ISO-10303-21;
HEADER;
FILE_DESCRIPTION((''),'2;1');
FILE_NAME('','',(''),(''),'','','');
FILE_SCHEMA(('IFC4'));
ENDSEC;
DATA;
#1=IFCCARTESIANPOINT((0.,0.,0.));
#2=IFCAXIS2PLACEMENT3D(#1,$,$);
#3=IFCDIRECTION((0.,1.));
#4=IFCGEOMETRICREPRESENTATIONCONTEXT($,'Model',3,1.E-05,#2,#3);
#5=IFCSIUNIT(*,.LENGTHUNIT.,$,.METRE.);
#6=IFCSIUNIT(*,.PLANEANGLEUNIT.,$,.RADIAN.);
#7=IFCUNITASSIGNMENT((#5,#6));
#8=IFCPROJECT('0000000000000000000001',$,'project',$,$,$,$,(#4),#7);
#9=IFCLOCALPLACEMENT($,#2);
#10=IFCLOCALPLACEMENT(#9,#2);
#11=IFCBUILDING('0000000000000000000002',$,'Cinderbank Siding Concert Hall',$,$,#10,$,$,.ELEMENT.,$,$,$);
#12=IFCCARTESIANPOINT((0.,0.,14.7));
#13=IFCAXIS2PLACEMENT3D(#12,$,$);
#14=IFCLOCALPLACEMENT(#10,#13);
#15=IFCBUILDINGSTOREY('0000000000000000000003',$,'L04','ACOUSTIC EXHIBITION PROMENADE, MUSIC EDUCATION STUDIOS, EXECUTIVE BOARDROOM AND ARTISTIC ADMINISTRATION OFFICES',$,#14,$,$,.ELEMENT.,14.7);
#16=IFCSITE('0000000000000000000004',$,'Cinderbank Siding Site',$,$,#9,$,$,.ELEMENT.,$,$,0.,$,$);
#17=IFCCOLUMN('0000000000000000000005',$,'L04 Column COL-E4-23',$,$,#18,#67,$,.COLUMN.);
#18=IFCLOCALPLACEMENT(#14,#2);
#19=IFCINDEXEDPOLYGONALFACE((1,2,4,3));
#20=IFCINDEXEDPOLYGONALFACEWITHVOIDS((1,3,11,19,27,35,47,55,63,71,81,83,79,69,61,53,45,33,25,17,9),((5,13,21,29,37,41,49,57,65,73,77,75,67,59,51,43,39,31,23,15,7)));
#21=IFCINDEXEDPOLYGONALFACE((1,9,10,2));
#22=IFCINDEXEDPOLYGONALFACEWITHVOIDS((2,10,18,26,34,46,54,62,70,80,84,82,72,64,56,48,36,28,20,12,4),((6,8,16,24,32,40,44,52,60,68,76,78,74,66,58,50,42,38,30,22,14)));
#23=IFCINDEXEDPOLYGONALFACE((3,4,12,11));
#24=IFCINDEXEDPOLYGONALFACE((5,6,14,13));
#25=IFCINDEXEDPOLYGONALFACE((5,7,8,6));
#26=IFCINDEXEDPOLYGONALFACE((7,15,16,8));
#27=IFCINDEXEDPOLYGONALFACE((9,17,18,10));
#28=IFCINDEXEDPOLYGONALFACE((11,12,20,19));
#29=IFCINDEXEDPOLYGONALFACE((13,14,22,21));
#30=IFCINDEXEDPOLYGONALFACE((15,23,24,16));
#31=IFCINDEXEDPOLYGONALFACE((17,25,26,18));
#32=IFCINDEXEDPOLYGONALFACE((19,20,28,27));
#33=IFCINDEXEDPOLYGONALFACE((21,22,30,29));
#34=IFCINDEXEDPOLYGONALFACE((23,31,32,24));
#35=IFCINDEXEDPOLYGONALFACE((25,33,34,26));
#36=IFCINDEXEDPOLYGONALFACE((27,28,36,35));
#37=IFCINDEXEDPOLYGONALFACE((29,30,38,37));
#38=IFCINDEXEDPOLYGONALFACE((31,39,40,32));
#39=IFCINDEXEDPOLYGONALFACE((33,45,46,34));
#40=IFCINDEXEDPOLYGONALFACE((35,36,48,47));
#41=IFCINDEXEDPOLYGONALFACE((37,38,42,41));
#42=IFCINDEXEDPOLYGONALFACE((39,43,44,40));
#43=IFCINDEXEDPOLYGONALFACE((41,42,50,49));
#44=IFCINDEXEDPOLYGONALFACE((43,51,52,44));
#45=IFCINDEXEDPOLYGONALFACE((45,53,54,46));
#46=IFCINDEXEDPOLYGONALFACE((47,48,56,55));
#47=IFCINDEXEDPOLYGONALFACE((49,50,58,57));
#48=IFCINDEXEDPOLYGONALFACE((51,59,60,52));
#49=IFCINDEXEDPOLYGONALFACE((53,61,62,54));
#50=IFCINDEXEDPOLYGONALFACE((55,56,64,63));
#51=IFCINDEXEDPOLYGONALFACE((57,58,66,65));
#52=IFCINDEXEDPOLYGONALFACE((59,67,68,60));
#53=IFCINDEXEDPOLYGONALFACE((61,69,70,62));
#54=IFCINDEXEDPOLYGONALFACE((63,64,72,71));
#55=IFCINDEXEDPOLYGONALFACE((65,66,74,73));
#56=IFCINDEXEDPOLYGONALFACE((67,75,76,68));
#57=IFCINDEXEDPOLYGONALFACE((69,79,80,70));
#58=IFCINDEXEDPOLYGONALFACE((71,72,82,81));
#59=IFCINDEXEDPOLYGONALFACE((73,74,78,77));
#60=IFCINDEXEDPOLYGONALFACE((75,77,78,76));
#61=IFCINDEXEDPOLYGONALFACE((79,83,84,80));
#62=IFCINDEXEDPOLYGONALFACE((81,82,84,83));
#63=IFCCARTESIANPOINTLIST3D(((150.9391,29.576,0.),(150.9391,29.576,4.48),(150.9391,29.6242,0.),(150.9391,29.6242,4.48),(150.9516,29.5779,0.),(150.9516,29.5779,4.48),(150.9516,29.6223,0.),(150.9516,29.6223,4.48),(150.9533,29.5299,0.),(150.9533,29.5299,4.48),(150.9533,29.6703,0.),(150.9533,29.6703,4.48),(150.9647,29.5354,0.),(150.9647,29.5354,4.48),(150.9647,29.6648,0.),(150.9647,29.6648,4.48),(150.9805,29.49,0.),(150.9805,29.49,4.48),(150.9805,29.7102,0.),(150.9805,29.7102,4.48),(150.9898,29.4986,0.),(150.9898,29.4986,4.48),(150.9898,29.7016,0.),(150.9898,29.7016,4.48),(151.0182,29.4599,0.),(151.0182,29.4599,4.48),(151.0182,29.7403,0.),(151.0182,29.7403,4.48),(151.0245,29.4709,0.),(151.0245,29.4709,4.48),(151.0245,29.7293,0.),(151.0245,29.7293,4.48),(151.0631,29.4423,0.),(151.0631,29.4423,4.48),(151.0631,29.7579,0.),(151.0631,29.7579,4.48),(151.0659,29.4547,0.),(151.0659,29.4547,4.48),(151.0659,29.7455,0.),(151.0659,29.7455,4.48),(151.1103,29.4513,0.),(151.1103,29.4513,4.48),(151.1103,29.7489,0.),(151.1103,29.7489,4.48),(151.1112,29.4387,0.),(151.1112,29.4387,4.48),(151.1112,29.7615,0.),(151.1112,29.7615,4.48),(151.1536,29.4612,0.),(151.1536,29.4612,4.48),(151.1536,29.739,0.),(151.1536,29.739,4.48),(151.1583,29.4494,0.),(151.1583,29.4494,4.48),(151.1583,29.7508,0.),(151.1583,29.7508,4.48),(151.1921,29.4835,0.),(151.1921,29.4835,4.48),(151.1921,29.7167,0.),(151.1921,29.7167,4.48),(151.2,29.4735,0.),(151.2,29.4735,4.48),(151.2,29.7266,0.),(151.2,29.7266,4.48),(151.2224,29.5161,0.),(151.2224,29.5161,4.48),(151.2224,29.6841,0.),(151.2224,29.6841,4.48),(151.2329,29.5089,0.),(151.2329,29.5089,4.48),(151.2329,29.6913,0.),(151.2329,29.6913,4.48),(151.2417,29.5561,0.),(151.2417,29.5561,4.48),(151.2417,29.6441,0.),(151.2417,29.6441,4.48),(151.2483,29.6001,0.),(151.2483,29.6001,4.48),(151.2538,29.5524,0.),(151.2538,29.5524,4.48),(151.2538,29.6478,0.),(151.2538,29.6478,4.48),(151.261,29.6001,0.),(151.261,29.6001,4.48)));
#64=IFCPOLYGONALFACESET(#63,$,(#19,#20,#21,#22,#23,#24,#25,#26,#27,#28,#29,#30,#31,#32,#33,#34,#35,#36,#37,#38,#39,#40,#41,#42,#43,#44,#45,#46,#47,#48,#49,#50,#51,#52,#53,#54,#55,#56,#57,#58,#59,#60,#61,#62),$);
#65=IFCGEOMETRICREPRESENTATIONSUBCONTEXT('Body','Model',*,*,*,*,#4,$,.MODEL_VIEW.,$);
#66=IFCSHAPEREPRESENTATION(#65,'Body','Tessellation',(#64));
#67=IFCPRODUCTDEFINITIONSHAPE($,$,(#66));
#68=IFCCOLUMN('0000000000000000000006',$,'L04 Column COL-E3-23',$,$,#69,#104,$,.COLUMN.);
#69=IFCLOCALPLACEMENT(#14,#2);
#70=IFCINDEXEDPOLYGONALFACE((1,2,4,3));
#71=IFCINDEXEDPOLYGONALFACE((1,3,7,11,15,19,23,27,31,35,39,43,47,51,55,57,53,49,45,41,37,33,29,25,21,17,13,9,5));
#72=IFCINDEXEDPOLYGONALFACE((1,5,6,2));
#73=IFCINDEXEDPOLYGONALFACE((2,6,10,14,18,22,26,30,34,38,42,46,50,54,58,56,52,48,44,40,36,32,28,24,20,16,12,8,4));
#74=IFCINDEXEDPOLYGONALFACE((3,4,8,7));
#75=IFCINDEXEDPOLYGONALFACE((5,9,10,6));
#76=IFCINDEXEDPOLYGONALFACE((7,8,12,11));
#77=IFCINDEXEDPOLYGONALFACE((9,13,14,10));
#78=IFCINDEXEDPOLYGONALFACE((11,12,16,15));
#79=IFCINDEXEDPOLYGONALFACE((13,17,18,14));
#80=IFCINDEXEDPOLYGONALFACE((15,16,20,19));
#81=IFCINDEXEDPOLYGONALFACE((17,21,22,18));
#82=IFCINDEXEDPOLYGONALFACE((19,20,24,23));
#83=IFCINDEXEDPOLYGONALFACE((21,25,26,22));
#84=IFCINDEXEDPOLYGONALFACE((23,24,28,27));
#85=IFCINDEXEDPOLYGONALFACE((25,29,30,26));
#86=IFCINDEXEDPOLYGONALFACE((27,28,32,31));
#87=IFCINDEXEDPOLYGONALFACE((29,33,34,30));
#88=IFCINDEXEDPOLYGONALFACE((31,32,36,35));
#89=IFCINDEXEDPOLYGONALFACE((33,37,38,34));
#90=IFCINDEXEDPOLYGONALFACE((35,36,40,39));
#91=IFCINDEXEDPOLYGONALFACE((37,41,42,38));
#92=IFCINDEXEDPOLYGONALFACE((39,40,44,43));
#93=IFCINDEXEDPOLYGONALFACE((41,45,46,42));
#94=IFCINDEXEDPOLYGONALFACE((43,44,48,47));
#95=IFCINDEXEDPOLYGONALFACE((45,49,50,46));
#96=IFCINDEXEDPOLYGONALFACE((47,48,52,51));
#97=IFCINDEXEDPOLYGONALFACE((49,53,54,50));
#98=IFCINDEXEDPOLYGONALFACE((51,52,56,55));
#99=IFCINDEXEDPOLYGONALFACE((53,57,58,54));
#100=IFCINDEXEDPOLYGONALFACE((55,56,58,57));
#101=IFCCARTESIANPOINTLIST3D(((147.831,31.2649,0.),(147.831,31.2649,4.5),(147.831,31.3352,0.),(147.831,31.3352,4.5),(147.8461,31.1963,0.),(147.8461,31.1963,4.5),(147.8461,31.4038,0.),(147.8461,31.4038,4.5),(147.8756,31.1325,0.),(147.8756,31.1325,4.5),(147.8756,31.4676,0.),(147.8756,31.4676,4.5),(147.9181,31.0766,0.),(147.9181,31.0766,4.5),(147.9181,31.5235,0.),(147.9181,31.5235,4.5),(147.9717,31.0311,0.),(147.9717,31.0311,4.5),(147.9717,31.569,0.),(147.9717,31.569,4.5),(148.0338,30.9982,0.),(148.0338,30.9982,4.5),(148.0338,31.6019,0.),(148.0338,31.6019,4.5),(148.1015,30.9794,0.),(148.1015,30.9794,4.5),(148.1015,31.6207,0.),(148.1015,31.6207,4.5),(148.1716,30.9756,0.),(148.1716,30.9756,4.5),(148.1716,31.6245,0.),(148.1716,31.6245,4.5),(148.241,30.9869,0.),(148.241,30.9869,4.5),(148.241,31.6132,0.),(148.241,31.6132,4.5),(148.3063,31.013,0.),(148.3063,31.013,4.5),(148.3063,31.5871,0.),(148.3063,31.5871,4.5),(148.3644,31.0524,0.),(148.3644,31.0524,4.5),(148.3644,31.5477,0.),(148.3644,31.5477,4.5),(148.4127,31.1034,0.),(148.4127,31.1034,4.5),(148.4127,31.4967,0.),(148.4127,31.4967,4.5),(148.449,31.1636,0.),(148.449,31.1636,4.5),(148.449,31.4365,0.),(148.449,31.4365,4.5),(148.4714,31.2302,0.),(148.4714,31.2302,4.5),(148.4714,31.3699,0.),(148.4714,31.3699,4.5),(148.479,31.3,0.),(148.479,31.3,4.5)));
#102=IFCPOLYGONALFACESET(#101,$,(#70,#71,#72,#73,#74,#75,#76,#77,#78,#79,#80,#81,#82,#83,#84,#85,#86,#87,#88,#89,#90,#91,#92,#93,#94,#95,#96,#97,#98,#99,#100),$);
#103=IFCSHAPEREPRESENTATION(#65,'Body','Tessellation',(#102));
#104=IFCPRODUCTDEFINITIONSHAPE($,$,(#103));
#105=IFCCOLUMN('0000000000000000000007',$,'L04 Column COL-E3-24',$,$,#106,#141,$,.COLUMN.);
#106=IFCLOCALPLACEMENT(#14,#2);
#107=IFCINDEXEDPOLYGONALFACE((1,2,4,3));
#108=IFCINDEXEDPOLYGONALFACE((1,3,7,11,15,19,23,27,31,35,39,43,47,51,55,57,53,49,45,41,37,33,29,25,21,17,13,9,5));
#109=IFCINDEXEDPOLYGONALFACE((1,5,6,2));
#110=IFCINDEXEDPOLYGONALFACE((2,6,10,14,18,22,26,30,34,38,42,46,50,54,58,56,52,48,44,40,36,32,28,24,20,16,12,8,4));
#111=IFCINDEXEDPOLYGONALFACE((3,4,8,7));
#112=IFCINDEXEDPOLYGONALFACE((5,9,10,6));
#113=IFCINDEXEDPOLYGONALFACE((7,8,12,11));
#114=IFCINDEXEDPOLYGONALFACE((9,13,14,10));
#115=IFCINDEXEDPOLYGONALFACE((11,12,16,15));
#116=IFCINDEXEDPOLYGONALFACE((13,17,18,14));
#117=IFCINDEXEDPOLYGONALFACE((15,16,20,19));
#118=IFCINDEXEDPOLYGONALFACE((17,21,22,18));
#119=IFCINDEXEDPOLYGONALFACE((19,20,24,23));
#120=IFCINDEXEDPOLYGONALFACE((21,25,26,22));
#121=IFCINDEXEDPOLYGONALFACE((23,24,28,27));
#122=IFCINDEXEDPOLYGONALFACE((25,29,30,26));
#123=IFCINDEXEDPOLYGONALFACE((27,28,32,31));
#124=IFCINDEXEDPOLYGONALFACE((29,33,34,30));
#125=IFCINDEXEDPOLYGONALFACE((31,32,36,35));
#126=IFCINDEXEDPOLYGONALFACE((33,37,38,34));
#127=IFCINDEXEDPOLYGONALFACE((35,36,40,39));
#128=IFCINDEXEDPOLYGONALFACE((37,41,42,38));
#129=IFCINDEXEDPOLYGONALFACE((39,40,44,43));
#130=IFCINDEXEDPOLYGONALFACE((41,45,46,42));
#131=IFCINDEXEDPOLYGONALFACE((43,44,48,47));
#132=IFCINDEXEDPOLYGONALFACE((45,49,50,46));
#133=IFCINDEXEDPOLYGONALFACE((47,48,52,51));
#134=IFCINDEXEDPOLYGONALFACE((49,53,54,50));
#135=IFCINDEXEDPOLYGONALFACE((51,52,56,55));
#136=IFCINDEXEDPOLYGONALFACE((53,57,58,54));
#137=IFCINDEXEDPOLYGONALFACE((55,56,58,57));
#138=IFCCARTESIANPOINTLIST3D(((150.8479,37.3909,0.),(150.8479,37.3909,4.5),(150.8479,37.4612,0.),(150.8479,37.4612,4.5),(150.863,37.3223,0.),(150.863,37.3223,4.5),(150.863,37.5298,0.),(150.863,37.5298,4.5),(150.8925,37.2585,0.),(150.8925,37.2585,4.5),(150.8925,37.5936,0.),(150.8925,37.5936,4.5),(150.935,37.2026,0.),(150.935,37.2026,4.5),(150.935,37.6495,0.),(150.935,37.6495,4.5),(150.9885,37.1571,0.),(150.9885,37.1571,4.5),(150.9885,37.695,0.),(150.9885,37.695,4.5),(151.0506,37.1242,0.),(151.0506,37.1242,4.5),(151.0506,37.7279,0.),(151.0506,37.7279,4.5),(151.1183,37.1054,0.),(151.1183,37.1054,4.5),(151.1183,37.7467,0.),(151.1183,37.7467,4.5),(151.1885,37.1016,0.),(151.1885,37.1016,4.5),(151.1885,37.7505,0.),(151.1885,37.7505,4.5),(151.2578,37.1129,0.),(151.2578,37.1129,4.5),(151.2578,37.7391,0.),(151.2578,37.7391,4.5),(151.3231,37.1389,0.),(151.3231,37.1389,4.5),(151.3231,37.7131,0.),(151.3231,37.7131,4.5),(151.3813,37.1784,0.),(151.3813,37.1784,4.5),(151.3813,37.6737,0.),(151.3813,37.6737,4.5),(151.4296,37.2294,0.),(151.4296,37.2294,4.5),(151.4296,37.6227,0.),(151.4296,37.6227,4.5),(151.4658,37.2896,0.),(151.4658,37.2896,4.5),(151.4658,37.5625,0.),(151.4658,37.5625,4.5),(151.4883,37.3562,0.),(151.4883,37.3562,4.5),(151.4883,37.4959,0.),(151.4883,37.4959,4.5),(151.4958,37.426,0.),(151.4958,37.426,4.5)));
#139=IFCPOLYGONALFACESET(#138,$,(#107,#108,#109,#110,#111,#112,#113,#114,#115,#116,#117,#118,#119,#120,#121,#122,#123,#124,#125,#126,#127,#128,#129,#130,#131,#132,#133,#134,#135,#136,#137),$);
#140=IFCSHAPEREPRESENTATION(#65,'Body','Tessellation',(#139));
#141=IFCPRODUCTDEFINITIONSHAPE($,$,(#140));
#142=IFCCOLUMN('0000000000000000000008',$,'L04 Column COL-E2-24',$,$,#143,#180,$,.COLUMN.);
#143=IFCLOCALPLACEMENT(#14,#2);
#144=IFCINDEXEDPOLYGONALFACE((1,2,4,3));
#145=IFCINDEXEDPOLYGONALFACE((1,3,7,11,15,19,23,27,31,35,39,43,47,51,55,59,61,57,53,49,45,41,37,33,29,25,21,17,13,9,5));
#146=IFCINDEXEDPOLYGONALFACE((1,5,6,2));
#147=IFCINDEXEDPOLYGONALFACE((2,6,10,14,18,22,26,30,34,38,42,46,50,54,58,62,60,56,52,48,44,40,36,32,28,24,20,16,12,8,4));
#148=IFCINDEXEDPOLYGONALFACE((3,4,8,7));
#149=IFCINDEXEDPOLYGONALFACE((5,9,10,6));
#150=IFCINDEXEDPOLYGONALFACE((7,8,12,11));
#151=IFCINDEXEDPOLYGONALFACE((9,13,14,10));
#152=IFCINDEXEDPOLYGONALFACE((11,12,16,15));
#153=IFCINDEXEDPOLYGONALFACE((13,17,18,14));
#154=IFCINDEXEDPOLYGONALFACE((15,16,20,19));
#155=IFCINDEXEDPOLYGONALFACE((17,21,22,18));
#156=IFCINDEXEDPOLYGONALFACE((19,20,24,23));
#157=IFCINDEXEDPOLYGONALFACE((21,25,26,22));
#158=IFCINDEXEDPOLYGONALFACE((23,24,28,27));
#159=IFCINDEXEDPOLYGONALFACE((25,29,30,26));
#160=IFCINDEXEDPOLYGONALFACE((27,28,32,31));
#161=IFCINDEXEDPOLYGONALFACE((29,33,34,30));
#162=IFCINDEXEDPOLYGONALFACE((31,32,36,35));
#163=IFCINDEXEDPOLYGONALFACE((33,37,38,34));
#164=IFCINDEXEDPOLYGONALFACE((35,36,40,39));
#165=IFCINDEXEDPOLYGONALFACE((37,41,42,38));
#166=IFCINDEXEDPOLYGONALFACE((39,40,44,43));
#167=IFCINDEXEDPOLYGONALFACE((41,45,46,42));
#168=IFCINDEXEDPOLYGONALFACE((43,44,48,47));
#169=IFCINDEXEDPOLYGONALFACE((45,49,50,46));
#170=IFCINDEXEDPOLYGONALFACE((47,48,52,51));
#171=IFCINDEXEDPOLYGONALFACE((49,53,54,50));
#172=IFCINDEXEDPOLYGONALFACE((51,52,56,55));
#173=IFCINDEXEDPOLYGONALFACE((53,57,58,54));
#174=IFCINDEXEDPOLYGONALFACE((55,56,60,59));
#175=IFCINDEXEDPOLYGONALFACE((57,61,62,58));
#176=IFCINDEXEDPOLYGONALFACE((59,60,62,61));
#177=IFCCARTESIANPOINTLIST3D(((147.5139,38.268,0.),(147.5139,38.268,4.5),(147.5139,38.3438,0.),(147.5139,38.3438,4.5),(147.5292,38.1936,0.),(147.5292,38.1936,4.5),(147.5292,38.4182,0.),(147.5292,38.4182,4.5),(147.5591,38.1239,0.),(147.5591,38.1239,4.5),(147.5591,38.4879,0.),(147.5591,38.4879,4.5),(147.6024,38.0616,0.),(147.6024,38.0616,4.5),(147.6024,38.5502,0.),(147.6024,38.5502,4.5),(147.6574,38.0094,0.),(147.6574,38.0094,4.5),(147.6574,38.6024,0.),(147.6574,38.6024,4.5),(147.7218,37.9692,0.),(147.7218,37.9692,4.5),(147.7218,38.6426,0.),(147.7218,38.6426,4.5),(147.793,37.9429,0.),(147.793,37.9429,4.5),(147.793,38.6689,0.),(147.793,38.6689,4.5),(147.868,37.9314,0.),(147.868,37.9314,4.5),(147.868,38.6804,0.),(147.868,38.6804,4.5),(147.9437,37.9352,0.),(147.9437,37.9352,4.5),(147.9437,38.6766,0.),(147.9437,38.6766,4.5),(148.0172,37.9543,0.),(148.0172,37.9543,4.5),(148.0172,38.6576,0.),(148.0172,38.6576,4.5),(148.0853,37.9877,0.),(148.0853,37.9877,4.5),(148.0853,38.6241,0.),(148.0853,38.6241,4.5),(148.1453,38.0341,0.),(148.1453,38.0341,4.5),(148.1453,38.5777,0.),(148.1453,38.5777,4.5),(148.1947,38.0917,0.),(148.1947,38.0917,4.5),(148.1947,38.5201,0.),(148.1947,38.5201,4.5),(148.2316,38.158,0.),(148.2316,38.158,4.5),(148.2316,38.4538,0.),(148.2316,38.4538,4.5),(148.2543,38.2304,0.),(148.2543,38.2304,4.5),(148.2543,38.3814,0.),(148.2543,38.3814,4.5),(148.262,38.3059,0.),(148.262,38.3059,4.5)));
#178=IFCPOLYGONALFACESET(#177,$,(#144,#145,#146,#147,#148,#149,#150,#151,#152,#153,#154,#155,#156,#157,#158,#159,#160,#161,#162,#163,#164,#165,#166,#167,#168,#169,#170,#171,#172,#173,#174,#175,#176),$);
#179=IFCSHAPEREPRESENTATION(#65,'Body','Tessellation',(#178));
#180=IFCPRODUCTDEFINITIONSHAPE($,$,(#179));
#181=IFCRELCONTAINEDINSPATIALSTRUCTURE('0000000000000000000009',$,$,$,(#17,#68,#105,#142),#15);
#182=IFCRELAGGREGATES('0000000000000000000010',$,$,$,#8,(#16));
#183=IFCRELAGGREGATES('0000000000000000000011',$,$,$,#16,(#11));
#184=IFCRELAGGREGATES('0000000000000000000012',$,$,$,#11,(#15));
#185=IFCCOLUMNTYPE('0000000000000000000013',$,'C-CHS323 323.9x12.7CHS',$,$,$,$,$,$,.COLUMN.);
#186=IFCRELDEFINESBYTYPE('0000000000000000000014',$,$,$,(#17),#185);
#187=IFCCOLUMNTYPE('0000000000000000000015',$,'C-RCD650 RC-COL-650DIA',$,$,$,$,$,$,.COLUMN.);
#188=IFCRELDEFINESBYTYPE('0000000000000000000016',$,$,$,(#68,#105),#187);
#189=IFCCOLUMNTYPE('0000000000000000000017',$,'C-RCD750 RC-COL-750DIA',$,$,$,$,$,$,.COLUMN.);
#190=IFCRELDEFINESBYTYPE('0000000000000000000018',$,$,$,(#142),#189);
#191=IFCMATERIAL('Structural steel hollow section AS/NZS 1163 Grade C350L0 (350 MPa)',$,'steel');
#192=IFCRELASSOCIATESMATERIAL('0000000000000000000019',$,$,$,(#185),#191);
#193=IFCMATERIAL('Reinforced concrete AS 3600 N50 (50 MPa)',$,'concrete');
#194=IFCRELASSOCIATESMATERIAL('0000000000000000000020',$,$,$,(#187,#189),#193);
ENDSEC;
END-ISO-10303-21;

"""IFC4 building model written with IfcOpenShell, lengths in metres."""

from ifc_helpers import new_model, si_unit, direction, frame, origin, origin_2d, place, context, subcontext, project, spatial, circle, hollow_circle, extrude, material, material_profile, profile_set, type_object, element, save


model = new_model("IFC4")

# Units and contexts
model_context = context("Model", 3, precision=1e-05, world=origin(), true_north=direction((0.0, 1.0)))
body_context = subcontext(model_context, "Body", "Model", "MODEL_VIEW")
ifc_project = project(units=[si_unit("LENGTHUNIT", "METRE"), si_unit("PLANEANGLEUNIT", "RADIAN")], contexts=[model_context])

# Site, building, storey
site_placement = place(None, origin())
site = spatial("IfcSite", under=ifc_project, at=site_placement, Name="Cinderbank Siding Site", CompositionType="ELEMENT", RefElevation=0.0)
building_placement = place(site_placement, origin())
building = spatial("IfcBuilding", under=site, at=building_placement, Name="Cinderbank Siding Concert Hall", CompositionType="ELEMENT")
storey_placement = place(building_placement, frame((0.0, 0.0, 14.7)))
storey = spatial("IfcBuildingStorey", under=building, at=storey_placement, Name="L04", Description="ACOUSTIC EXHIBITION PROMENADE, MUSIC EDUCATION STUDIOS, EXECUTIVE BOARDROOM AND ARTISTIC ADMINISTRATION OFFICES", CompositionType="ELEMENT", Elevation=14.7)

# Columns
ifc_material_1 = material(Name="Structural steel hollow section AS/NZS 1163 Grade C350L0 (350 MPa)", Category="steel")
ifc_material_profile_1 = material_profile(ifc_material_1, hollow_circle(Radius=0.1619, WallThickness=0.0127, at=origin_2d()), Name="323.9x12.7CHS", Category="LoadBearing")
ifc_profile_set_1 = profile_set([ifc_material_profile_1], Name="Structural steel hollow section AS/NZS 1163 Grade C350L0 (350 MPa)")
column_type_1 = type_object("IfcColumnType", Name="C-CHS323 323.9x12.7CHS", PredefinedType="COLUMN", material=ifc_profile_set_1)
column_1_placement = place(storey_placement, frame((151.0991, 29.6001, 0.0), z_axis=(0.0, 0.0, 1.0), x_axis=(1.0, 0.0, 0.0)))
element("IfcColumn", 1, at=column_1_placement, inside=storey, type_object=column_type_1, Name="L04 Column COL-E4-23", PredefinedType="COLUMN", context=body_context, shape_type="SweptSolid", body=[
    extrude(hollow_circle(Radius=0.1619, WallThickness=0.0127, at=origin_2d()), origin(), (0.0, 0.0, 1.0), 4.48),
])
ifc_material_2 = material(Name="Reinforced concrete AS 3600 N50 (50 MPa)", Category="concrete")
ifc_material_profile_2 = material_profile(ifc_material_2, circle(Radius=0.325, at=origin_2d()), Name="RC-COL-650DIA", Category="LoadBearing")
ifc_profile_set_2 = profile_set([ifc_material_profile_2], Name="Reinforced concrete AS 3600 N50 (50 MPa)")
column_type_2 = type_object("IfcColumnType", Name="C-RCD650 RC-COL-650DIA", PredefinedType="COLUMN", material=ifc_profile_set_2)
for number, where, z_axis, x_axis, name in (
    (2, (148.1541, 31.3, 0.0), (0.0, 0.0, 1.0), (1.0, 0.0, 0.0), "L04 Column COL-E3-23"),
    (3, (151.1709, 37.426, 0.0), (0.0, 0.0, 1.0), (1.0, 0.0, 0.0), "L04 Column COL-E3-24"),
):
    element("IfcColumn", number, at=place(storey_placement, frame(where, z_axis=z_axis, x_axis=x_axis)), inside=storey, type_object=column_type_2, Name=name, PredefinedType="COLUMN", context=body_context, shape_type="SweptSolid", body=[
        extrude(circle(Radius=0.325, at=origin_2d()), origin(), (0.0, 0.0, 1.0), 4.5),
    ])
ifc_material_profile_3 = material_profile(ifc_material_2, circle(Radius=0.375, at=origin_2d()), Name="RC-COL-750DIA", Category="LoadBearing")
ifc_profile_set_3 = profile_set([ifc_material_profile_3], Name="Reinforced concrete AS 3600 N50 (50 MPa)")
column_type_3 = type_object("IfcColumnType", Name="C-RCD750 RC-COL-750DIA", PredefinedType="COLUMN", material=ifc_profile_set_3)
column_2_placement = place(storey_placement, frame((147.887, 38.3059, 0.0), z_axis=(0.0, 0.0, 1.0), x_axis=(1.0, 0.0, 0.0)))
element("IfcColumn", 4, at=column_2_placement, inside=storey, type_object=column_type_3, Name="L04 Column COL-E2-24", PredefinedType="COLUMN", context=body_context, shape_type="SweptSolid", body=[
    extrude(circle(Radius=0.375, at=origin_2d()), origin(), (0.0, 0.0, 1.0), 4.5),
])

save(model, "model.ifc")
